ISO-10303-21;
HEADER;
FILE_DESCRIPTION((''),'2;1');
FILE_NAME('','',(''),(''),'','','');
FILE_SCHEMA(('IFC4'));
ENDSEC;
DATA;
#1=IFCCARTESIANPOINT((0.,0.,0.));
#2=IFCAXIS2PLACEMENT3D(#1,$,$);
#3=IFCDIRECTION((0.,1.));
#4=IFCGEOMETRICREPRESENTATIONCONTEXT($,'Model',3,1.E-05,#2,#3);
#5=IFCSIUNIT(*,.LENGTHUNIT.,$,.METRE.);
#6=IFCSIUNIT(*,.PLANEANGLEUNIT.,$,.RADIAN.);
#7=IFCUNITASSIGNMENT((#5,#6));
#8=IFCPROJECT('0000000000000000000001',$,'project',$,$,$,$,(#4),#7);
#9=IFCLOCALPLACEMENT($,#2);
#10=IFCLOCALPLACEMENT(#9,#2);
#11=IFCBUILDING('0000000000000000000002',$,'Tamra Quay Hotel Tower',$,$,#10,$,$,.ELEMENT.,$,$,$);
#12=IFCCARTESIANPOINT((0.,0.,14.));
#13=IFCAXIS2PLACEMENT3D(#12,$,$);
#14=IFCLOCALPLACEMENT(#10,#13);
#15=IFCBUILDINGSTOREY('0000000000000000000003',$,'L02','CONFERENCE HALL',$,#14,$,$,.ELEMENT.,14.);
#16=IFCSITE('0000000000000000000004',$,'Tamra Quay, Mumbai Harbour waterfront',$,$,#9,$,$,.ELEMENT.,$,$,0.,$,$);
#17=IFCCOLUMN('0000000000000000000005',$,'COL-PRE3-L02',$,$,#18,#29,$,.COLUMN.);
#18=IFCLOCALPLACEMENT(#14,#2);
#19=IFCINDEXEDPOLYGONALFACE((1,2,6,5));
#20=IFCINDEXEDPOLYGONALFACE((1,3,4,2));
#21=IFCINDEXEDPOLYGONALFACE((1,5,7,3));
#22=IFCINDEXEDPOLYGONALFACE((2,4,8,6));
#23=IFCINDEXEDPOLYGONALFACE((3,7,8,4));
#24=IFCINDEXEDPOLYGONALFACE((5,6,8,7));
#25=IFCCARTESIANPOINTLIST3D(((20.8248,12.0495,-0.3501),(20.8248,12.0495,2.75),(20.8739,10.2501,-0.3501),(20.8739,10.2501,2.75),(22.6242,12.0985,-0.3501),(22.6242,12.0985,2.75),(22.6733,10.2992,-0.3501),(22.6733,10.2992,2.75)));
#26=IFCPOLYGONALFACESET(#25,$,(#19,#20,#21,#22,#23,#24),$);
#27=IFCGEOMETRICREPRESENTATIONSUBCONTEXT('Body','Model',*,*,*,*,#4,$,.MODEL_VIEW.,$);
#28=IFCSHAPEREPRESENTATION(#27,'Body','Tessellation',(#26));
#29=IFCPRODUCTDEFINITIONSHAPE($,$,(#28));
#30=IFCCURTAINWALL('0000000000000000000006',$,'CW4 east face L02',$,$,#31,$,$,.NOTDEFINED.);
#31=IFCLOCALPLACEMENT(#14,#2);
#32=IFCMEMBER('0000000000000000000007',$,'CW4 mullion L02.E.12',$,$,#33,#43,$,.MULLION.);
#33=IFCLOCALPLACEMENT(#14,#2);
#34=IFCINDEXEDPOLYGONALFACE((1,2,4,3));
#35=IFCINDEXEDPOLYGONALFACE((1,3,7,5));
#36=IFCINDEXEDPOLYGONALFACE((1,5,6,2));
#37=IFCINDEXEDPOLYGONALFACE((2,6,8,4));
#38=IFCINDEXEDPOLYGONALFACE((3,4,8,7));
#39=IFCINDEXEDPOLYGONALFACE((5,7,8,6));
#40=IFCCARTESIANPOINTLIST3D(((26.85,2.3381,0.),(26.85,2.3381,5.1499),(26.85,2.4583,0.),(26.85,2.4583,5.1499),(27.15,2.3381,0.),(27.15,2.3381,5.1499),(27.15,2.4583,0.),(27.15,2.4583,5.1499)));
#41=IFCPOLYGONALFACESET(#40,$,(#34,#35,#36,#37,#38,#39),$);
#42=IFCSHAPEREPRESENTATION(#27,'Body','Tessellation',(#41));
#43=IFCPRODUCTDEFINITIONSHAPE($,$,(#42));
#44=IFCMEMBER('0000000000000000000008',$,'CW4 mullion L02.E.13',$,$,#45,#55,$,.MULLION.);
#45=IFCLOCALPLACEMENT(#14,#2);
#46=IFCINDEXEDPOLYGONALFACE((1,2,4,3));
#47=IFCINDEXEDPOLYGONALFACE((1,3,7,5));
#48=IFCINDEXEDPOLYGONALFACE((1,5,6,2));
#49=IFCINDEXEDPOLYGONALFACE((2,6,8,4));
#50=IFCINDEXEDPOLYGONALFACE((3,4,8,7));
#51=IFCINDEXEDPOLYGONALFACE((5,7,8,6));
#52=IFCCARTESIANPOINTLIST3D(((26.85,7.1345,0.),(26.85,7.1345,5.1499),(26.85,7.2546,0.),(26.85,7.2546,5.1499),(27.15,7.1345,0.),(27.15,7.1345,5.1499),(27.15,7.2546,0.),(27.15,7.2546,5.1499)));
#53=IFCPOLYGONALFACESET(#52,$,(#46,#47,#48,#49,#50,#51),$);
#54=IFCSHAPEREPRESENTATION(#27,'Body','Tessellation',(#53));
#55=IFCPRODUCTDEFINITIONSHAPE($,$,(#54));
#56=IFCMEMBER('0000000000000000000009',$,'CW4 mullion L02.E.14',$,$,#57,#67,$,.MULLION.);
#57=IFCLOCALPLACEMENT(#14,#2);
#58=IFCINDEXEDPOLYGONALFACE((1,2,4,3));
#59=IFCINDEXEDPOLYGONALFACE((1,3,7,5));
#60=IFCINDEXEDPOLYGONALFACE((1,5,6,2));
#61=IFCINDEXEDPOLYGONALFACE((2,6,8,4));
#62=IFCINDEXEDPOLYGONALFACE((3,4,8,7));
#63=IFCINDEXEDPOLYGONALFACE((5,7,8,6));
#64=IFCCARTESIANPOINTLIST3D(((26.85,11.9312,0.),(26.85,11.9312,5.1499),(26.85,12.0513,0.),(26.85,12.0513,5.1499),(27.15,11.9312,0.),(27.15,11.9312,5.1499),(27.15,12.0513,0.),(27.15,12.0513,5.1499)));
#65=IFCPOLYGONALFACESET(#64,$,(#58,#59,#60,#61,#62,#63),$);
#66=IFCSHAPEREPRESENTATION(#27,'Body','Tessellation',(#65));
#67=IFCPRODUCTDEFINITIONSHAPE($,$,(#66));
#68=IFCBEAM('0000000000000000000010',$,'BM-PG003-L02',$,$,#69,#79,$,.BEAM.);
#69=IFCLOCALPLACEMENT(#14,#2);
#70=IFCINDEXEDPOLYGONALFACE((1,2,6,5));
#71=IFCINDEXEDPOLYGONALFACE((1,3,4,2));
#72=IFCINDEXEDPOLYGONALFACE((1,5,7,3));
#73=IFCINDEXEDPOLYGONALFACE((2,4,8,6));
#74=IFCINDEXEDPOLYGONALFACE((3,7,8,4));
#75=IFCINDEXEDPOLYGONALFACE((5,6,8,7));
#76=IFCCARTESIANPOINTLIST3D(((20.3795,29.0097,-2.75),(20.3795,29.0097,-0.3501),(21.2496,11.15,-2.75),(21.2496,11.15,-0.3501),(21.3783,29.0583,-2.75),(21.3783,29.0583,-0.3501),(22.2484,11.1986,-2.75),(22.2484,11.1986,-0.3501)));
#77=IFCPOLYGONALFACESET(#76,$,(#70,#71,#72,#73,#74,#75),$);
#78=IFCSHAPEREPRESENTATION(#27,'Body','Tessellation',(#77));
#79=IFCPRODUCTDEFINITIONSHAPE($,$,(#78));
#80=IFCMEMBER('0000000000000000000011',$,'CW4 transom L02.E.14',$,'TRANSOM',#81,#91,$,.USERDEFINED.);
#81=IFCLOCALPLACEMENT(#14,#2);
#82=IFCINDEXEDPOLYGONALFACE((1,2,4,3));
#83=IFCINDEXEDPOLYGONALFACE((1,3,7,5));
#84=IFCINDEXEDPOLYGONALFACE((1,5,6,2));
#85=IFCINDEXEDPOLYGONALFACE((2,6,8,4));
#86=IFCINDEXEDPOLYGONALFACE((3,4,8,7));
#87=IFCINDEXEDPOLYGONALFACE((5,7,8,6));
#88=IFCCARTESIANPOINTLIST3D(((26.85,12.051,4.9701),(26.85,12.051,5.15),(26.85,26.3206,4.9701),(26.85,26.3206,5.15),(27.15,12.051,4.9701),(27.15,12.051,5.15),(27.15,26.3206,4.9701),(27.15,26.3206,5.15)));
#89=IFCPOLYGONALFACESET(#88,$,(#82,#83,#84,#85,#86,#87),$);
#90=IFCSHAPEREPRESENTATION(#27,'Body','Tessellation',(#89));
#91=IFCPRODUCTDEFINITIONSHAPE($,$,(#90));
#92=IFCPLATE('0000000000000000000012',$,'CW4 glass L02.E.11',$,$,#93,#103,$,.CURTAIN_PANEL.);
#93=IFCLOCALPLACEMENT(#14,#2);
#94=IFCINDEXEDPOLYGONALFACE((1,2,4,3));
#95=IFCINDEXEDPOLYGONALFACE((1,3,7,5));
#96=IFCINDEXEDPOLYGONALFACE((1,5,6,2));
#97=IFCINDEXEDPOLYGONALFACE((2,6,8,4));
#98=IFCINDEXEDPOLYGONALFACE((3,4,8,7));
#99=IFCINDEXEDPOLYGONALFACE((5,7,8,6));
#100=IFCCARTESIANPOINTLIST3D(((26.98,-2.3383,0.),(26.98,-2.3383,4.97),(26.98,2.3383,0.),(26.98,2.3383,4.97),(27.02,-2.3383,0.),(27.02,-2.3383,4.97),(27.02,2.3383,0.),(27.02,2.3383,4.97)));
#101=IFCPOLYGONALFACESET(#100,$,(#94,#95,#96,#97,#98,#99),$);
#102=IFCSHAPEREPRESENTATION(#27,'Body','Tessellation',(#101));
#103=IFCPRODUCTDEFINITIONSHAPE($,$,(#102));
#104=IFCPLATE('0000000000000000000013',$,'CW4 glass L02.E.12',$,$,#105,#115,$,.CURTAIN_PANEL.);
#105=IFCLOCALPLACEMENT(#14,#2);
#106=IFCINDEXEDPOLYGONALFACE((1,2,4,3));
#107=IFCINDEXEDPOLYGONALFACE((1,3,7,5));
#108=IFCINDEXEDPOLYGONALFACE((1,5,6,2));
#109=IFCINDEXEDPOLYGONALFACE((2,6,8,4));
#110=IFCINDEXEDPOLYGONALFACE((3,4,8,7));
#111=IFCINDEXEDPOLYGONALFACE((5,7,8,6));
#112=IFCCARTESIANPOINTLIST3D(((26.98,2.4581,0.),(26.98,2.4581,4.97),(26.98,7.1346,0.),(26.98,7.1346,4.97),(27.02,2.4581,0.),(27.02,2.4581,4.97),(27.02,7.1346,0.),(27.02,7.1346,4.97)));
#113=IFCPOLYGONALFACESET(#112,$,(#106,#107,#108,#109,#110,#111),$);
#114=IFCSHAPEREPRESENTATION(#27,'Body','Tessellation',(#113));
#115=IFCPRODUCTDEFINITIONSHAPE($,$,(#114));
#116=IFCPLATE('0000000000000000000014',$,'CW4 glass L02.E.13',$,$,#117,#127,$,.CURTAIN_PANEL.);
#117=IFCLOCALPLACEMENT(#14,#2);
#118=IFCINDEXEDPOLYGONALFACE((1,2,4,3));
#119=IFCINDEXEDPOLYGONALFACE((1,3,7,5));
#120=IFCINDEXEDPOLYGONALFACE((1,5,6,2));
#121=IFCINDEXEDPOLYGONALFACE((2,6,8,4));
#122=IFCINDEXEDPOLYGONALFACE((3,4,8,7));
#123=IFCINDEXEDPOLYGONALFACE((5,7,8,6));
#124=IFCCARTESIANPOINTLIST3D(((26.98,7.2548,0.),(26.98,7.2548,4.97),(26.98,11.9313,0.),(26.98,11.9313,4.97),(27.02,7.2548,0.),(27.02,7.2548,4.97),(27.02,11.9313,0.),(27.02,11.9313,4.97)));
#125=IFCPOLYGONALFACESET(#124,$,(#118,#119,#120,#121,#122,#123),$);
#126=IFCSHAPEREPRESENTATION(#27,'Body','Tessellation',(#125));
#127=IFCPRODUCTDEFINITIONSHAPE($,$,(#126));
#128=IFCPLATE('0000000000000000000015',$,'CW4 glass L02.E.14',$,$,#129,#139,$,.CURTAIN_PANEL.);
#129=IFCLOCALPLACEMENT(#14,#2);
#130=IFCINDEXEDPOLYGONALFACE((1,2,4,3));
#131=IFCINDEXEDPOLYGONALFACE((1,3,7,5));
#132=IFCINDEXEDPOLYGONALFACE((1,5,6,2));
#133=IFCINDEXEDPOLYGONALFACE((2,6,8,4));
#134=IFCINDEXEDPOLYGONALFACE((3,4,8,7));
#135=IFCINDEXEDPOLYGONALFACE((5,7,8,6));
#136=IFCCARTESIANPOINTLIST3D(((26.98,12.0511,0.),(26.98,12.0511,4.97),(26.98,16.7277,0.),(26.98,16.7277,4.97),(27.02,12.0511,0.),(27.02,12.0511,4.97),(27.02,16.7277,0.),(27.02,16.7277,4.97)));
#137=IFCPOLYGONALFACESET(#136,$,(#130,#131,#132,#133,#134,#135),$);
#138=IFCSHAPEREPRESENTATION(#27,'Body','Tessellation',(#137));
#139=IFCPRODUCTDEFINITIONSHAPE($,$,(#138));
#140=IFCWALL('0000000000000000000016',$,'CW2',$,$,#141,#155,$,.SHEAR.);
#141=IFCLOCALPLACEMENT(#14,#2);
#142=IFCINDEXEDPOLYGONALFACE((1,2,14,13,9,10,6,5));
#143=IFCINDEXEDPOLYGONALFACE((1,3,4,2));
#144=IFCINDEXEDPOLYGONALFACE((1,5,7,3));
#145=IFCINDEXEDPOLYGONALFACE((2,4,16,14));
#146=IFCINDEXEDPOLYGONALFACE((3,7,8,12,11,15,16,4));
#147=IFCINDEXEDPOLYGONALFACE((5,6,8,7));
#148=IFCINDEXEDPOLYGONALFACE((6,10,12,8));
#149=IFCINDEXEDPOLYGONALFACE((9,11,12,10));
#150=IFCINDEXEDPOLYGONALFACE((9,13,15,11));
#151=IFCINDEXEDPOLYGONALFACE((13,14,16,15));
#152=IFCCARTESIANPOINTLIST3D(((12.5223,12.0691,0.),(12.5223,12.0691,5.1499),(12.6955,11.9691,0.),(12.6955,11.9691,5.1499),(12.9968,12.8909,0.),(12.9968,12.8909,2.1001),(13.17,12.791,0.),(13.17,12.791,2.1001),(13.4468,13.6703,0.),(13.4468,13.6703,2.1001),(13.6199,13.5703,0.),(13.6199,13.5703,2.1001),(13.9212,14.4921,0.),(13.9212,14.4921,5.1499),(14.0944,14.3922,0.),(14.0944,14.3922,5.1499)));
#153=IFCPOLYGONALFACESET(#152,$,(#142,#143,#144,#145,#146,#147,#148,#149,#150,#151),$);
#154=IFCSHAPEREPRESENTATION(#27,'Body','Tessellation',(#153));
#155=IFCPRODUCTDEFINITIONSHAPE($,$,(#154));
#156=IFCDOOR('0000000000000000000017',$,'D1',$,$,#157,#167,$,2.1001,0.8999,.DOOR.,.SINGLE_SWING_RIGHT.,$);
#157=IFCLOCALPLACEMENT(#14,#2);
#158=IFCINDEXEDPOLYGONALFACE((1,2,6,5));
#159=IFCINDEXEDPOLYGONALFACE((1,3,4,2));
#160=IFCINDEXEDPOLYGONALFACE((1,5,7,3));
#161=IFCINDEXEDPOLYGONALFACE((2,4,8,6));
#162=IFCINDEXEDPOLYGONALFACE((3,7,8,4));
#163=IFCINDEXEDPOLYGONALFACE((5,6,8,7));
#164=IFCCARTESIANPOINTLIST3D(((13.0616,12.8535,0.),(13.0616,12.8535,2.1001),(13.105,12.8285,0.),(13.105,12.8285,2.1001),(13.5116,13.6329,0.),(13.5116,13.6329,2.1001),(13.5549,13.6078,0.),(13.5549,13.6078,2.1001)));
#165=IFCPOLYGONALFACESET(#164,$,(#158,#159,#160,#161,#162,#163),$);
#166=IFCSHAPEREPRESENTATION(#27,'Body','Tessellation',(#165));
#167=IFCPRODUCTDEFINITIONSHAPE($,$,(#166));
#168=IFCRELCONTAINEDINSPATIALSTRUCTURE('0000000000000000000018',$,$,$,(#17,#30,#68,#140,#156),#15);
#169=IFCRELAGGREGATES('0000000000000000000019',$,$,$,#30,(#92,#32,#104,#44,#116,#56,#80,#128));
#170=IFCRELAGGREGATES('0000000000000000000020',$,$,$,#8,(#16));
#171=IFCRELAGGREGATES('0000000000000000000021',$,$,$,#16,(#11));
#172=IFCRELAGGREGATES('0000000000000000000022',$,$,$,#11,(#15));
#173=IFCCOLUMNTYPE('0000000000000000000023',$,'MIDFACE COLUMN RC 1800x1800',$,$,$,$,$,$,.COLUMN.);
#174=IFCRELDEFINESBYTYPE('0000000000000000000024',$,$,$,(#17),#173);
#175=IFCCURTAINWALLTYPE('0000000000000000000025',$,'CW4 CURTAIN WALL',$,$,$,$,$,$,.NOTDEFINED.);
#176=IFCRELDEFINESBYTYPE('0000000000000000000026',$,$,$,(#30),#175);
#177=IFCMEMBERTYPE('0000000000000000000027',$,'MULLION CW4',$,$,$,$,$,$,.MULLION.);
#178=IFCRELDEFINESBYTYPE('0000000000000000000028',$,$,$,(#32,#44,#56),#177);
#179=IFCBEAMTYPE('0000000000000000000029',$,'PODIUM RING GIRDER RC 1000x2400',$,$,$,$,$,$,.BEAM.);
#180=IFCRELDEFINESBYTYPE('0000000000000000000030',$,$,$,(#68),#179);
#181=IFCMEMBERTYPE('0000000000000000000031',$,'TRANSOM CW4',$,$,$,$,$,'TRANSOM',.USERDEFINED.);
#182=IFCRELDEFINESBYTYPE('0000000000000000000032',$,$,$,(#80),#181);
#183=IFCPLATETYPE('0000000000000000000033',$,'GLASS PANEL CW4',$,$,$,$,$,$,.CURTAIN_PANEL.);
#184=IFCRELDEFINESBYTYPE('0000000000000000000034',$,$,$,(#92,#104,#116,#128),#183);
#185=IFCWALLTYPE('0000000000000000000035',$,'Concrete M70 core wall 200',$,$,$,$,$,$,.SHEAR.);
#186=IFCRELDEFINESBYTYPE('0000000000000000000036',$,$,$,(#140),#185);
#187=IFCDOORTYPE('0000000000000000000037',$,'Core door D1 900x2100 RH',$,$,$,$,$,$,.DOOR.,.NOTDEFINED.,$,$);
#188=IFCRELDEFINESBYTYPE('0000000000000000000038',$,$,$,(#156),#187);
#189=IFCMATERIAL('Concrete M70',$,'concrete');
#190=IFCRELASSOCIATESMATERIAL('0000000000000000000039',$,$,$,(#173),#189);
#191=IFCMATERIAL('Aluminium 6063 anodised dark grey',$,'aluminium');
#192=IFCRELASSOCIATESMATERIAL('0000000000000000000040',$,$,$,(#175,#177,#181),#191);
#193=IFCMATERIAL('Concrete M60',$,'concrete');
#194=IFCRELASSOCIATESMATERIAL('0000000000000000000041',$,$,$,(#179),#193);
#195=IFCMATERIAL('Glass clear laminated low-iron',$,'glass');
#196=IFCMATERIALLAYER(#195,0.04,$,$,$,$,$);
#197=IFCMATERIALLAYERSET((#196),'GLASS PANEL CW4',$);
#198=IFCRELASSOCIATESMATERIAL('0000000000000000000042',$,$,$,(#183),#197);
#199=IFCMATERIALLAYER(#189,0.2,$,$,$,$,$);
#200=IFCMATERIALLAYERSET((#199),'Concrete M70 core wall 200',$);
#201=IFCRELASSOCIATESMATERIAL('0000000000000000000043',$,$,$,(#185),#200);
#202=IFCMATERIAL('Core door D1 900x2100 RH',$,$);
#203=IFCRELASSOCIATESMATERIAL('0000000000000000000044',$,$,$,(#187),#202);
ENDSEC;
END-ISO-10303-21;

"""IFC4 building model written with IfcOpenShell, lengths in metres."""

from ifc_helpers import new_model, si_unit, direction, frame, frame_2d, origin, origin_2d, place, context, subcontext, project, spatial, rectangle, extrude, material, layer, layer_set, material_profile, profile_set, type_object, element, fill, aggregate, save


model = new_model("IFC4")

# Units and contexts
model_context = context("Model", 3, precision=1e-05, world=origin(), true_north=direction((0.0, 1.0)))
body_context = subcontext(model_context, "Body", "Model", "MODEL_VIEW")
ifc_project = project(units=[si_unit("LENGTHUNIT", "METRE"), si_unit("PLANEANGLEUNIT", "RADIAN")], contexts=[model_context])

# Site, building, storey
site_placement = place(None, origin())
site = spatial("IfcSite", under=ifc_project, at=site_placement, Name="Tamra Quay, Mumbai Harbour waterfront", CompositionType="ELEMENT", RefElevation=0.0)
building_placement = place(site_placement, origin())
building = spatial("IfcBuilding", under=site, at=building_placement, Name="Tamra Quay Hotel Tower", CompositionType="ELEMENT")
storey_placement = place(building_placement, frame((0.0, 0.0, 14.0)))
storey = spatial("IfcBuildingStorey", under=building, at=storey_placement, Name="L02", Description="CONFERENCE HALL", CompositionType="ELEMENT", Elevation=14.0)

# Column
ifc_material_1 = material(Name="Concrete M70", Category="concrete")
ifc_material_profile_1 = material_profile(ifc_material_1, rectangle(XDim=1.8, YDim=1.8, at=origin_2d()), Name="MIDFACE COLUMN RC 1800x1800")
ifc_profile_set_1 = profile_set([ifc_material_profile_1], Name="Concrete M70")
column_type = type_object("IfcColumnType", Name="MIDFACE COLUMN RC 1800x1800", PredefinedType="COLUMN", material=ifc_profile_set_1)
column_placement = place(storey_placement, frame((21.749, 11.1743, -0.3501), z_axis=(0.0, 0.0, 1.0), x_axis=(0.999628, 0.027269, 0.0)))
element("IfcColumn", 1, at=column_placement, inside=storey, type_object=column_type, Name="COL-PRE3-L02", PredefinedType="COLUMN", context=body_context, shape_type="SweptSolid", body=[
    extrude(rectangle(XDim=1.8, YDim=1.8, at=origin_2d()), origin(), (0.0, 0.0, 1.0), 3.1001),
])

# Curtain wall, members
ifc_material_2 = material(Name="Aluminium 6063 anodised dark grey", Category="aluminium")
curtain_wall_type = type_object("IfcCurtainWallType", Name="CW4 CURTAIN WALL", PredefinedType="NOTDEFINED", material=ifc_material_2)
curtain_wall_placement = place(storey_placement, origin())
curtain_wall = element("IfcCurtainWall", 2, at=curtain_wall_placement, inside=storey, type_object=curtain_wall_type, Name="CW4 east face L02", PredefinedType="NOTDEFINED")
ifc_material_profile_2 = material_profile(ifc_material_2, rectangle(XDim=0.3, YDim=0.1201, at=origin_2d()), Name="MULLION 120X300")
ifc_profile_set_2 = profile_set([ifc_material_profile_2], Name="Aluminium 6063 anodised dark grey")
member_type_1 = type_object("IfcMemberType", Name="MULLION CW4", PredefinedType="MULLION", material=ifc_profile_set_2)
member_1_placement = place(storey_placement, frame((27.0, 2.3982, 0.0), z_axis=(0.0, 0.0, 1.0), x_axis=(1.0, 0.0, 0.0)))
member_1 = element("IfcMember", 3, at=member_1_placement, type_object=member_type_1, Name="CW4 mullion L02.E.12", PredefinedType="MULLION", context=body_context, shape_type="SweptSolid", body=[
    extrude(rectangle(XDim=0.3, YDim=0.1201, at=origin_2d()), origin(), (0.0, 0.0, 1.0), 5.1499),
])
member_2_placement = place(storey_placement, frame((27.0, 7.1946, 0.0), z_axis=(0.0, 0.0, 1.0), x_axis=(1.0, 0.0, 0.0)))
member_2 = element("IfcMember", 4, at=member_2_placement, type_object=member_type_1, Name="CW4 mullion L02.E.13", PredefinedType="MULLION", context=body_context, shape_type="SweptSolid", body=[
    extrude(rectangle(XDim=0.3, YDim=0.1201, at=origin_2d()), origin(), (0.0, 0.0, 1.0), 5.1499),
])
member_3_placement = place(storey_placement, frame((27.0, 11.9912, 0.0), z_axis=(0.0, 0.0, 1.0), x_axis=(1.0, 0.0, 0.0)))
member_3 = element("IfcMember", 5, at=member_3_placement, type_object=member_type_1, Name="CW4 mullion L02.E.14", PredefinedType="MULLION", context=body_context, shape_type="SweptSolid", body=[
    extrude(rectangle(XDim=0.3, YDim=0.1201, at=origin_2d()), origin(), (0.0, 0.0, 1.0), 5.1499),
])

# Beam
ifc_material_3 = material(Name="Concrete M60", Category="concrete")
ifc_material_profile_3 = material_profile(ifc_material_3, rectangle(XDim=1.0, YDim=2.3999, at=origin_2d()), Name="PODIUM RING GIRDER RC 1000x2400")
ifc_profile_set_3 = profile_set([ifc_material_profile_3], Name="Concrete M60")
beam_type = type_object("IfcBeamType", Name="PODIUM RING GIRDER RC 1000x2400", PredefinedType="BEAM", material=ifc_profile_set_3)
beam_placement = place(storey_placement, frame((21.749, 11.1743, -1.55), z_axis=(-0.048662, 0.998815, 0.0), x_axis=(-0.998815, -0.048662, 0.0)))
element("IfcBeam", 6, at=beam_placement, inside=storey, type_object=beam_type, Name="BM-PG003-L02", PredefinedType="BEAM", context=body_context, shape_type="SweptSolid", body=[
    extrude(rectangle(XDim=1.0, YDim=2.3999, at=origin_2d()), origin(), (0.0, 0.0, 1.0), 17.8809),
])

# Member
ifc_material_profile_4 = material_profile(ifc_material_2, rectangle(XDim=0.3, YDim=0.1799, at=origin_2d()), Name="TRANSOM 300X180")
ifc_profile_set_4 = profile_set([ifc_material_profile_4], Name="Aluminium 6063 anodised dark grey")
member_type_2 = type_object("IfcMemberType", Name="TRANSOM CW4", ElementType="TRANSOM", PredefinedType="USERDEFINED", material=ifc_profile_set_4)
member_4_placement = place(storey_placement, frame((27.0, 12.051, 5.0601), z_axis=(0.0, 1.0, 0.0), x_axis=(-1.0, 0.0, 0.0)))
member_4 = element("IfcMember", 7, at=member_4_placement, type_object=member_type_2, Name="CW4 transom L02.E.14", ObjectType="TRANSOM", PredefinedType="USERDEFINED", context=body_context, shape_type="SweptSolid", body=[
    extrude(rectangle(XDim=0.3, YDim=0.1799, at=origin_2d()), origin(), (0.0, 0.0, 1.0), 14.2695),
])

# Plates
ifc_material_4 = material(Name="Glass clear laminated low-iron", Category="glass")
ifc_layer_1 = layer(ifc_material_4, 0.04)
ifc_layer_set_1 = layer_set([ifc_layer_1], Name="GLASS PANEL CW4")
plate_type = type_object("IfcPlateType", Name="GLASS PANEL CW4", PredefinedType="CURTAIN_PANEL", material=ifc_layer_set_1)
plate_1_placement = place(storey_placement, frame((27.0, 0.0, 0.0), z_axis=(0.0, 0.0, 1.0), x_axis=(0.0, 1.0, 0.0)))
plate_1 = element("IfcPlate", 8, at=plate_1_placement, type_object=plate_type, Name="CW4 glass L02.E.11", PredefinedType="CURTAIN_PANEL", context=body_context, shape_type="SweptSolid", body=[
    extrude(rectangle(XDim=4.6765, YDim=0.04, at=origin_2d()), origin(), (0.0, 0.0, 1.0), 4.97),
])
plate_2_placement = place(storey_placement, frame((27.0, 4.7964, 0.0), z_axis=(0.0, 0.0, 1.0), x_axis=(0.0, 1.0, 0.0)))
plate_2 = element("IfcPlate", 9, at=plate_2_placement, type_object=plate_type, Name="CW4 glass L02.E.12", PredefinedType="CURTAIN_PANEL", context=body_context, shape_type="SweptSolid", body=[
    extrude(rectangle(XDim=4.6765, YDim=0.04, at=origin_2d()), origin(), (0.0, 0.0, 1.0), 4.97),
])
plate_3_placement = place(storey_placement, frame((27.0, 9.593, 0.0), z_axis=(0.0, 0.0, 1.0), x_axis=(0.0, 1.0, 0.0)))
plate_3 = element("IfcPlate", 10, at=plate_3_placement, type_object=plate_type, Name="CW4 glass L02.E.13", PredefinedType="CURTAIN_PANEL", context=body_context, shape_type="SweptSolid", body=[
    extrude(rectangle(XDim=4.6765, YDim=0.04, at=origin_2d()), origin(), (0.0, 0.0, 1.0), 4.97),
])
plate_4_placement = place(storey_placement, frame((27.0, 14.3894, 0.0), z_axis=(0.0, 0.0, 1.0), x_axis=(0.0, 1.0, 0.0)))
plate_4 = element("IfcPlate", 11, at=plate_4_placement, type_object=plate_type, Name="CW4 glass L02.E.14", PredefinedType="CURTAIN_PANEL", context=body_context, shape_type="SweptSolid", body=[
    extrude(rectangle(XDim=4.6765, YDim=0.04, at=origin_2d()), origin(), (0.0, 0.0, 1.0), 4.97),
])
aggregate(curtain_wall, [plate_1, member_1, plate_2, member_2, plate_3, member_3, member_4, plate_4])

# Wall, opening, door
ifc_layer_2 = layer(ifc_material_1, 0.2)
ifc_layer_set_2 = layer_set([ifc_layer_2], Name="Concrete M70 core wall 200")
wall_type_1 = type_object("IfcWallType", Name="Concrete M70 core wall 200", PredefinedType="SHEAR", material=ifc_layer_set_2)
wall_1_placement = place(storey_placement, frame((14.0078, 14.4421, 0.0), z_axis=(0.0, 0.0, 1.0), x_axis=(-0.499987, -0.866033, 0.0)))
wall_1 = element("IfcWall", 12, at=wall_1_placement, inside=storey, type_object=wall_type_1, Name="CW2", PredefinedType="SHEAR", context=body_context, shape_type="SweptSolid", body=[
    extrude(rectangle(XDim=2.7979, YDim=0.2, at=frame_2d((1.3989, 0.0))), origin(), (0.0, 0.0, 1.0), 5.1499),
])
opening_1_placement = place(wall_1_placement, frame((0.949, 0.0, 0.0)))
opening_1 = element("IfcOpeningElement", 13, at=opening_1_placement, cuts=wall_1, PredefinedType="OPENING", context=body_context, shape_type="SweptSolid", body=[
    extrude(rectangle(XDim=0.8999, YDim=2.1001, at=frame_2d((0.45, 1.05))), frame((0.0, 0.1099, 0.0), z_axis=(0.0, -1.0, 0.0), x_axis=(1.0, 0.0, 0.0)), (0.0, 0.0, 1.0), 0.22),
])
ifc_material_5 = material(Name="Core door D1 900x2100 RH")
door_type_1 = type_object("IfcDoorType", Name="Core door D1 900x2100 RH", OperationType="NOTDEFINED", PredefinedType="DOOR", material=ifc_material_5)
door_1_placement = place(opening_1_placement, origin())
door_1 = element("IfcDoor", 14, at=door_1_placement, inside=storey, type_object=door_type_1, Name="D1", OperationType="SINGLE_SWING_RIGHT", OverallHeight=2.1001, OverallWidth=0.8999, PredefinedType="DOOR", context=body_context, shape_type="SweptSolid", body=[
    extrude(rectangle(XDim=0.8999, YDim=2.1001, at=frame_2d((0.45, 1.05))), frame((0.0, 0.0249, 0.0), z_axis=(0.0, -1.0, 0.0), x_axis=(1.0, 0.0, 0.0)), (0.0, 0.0, 1.0), 0.05),
])
fill(opening_1, door_1)

save(model, "model.ifc")
